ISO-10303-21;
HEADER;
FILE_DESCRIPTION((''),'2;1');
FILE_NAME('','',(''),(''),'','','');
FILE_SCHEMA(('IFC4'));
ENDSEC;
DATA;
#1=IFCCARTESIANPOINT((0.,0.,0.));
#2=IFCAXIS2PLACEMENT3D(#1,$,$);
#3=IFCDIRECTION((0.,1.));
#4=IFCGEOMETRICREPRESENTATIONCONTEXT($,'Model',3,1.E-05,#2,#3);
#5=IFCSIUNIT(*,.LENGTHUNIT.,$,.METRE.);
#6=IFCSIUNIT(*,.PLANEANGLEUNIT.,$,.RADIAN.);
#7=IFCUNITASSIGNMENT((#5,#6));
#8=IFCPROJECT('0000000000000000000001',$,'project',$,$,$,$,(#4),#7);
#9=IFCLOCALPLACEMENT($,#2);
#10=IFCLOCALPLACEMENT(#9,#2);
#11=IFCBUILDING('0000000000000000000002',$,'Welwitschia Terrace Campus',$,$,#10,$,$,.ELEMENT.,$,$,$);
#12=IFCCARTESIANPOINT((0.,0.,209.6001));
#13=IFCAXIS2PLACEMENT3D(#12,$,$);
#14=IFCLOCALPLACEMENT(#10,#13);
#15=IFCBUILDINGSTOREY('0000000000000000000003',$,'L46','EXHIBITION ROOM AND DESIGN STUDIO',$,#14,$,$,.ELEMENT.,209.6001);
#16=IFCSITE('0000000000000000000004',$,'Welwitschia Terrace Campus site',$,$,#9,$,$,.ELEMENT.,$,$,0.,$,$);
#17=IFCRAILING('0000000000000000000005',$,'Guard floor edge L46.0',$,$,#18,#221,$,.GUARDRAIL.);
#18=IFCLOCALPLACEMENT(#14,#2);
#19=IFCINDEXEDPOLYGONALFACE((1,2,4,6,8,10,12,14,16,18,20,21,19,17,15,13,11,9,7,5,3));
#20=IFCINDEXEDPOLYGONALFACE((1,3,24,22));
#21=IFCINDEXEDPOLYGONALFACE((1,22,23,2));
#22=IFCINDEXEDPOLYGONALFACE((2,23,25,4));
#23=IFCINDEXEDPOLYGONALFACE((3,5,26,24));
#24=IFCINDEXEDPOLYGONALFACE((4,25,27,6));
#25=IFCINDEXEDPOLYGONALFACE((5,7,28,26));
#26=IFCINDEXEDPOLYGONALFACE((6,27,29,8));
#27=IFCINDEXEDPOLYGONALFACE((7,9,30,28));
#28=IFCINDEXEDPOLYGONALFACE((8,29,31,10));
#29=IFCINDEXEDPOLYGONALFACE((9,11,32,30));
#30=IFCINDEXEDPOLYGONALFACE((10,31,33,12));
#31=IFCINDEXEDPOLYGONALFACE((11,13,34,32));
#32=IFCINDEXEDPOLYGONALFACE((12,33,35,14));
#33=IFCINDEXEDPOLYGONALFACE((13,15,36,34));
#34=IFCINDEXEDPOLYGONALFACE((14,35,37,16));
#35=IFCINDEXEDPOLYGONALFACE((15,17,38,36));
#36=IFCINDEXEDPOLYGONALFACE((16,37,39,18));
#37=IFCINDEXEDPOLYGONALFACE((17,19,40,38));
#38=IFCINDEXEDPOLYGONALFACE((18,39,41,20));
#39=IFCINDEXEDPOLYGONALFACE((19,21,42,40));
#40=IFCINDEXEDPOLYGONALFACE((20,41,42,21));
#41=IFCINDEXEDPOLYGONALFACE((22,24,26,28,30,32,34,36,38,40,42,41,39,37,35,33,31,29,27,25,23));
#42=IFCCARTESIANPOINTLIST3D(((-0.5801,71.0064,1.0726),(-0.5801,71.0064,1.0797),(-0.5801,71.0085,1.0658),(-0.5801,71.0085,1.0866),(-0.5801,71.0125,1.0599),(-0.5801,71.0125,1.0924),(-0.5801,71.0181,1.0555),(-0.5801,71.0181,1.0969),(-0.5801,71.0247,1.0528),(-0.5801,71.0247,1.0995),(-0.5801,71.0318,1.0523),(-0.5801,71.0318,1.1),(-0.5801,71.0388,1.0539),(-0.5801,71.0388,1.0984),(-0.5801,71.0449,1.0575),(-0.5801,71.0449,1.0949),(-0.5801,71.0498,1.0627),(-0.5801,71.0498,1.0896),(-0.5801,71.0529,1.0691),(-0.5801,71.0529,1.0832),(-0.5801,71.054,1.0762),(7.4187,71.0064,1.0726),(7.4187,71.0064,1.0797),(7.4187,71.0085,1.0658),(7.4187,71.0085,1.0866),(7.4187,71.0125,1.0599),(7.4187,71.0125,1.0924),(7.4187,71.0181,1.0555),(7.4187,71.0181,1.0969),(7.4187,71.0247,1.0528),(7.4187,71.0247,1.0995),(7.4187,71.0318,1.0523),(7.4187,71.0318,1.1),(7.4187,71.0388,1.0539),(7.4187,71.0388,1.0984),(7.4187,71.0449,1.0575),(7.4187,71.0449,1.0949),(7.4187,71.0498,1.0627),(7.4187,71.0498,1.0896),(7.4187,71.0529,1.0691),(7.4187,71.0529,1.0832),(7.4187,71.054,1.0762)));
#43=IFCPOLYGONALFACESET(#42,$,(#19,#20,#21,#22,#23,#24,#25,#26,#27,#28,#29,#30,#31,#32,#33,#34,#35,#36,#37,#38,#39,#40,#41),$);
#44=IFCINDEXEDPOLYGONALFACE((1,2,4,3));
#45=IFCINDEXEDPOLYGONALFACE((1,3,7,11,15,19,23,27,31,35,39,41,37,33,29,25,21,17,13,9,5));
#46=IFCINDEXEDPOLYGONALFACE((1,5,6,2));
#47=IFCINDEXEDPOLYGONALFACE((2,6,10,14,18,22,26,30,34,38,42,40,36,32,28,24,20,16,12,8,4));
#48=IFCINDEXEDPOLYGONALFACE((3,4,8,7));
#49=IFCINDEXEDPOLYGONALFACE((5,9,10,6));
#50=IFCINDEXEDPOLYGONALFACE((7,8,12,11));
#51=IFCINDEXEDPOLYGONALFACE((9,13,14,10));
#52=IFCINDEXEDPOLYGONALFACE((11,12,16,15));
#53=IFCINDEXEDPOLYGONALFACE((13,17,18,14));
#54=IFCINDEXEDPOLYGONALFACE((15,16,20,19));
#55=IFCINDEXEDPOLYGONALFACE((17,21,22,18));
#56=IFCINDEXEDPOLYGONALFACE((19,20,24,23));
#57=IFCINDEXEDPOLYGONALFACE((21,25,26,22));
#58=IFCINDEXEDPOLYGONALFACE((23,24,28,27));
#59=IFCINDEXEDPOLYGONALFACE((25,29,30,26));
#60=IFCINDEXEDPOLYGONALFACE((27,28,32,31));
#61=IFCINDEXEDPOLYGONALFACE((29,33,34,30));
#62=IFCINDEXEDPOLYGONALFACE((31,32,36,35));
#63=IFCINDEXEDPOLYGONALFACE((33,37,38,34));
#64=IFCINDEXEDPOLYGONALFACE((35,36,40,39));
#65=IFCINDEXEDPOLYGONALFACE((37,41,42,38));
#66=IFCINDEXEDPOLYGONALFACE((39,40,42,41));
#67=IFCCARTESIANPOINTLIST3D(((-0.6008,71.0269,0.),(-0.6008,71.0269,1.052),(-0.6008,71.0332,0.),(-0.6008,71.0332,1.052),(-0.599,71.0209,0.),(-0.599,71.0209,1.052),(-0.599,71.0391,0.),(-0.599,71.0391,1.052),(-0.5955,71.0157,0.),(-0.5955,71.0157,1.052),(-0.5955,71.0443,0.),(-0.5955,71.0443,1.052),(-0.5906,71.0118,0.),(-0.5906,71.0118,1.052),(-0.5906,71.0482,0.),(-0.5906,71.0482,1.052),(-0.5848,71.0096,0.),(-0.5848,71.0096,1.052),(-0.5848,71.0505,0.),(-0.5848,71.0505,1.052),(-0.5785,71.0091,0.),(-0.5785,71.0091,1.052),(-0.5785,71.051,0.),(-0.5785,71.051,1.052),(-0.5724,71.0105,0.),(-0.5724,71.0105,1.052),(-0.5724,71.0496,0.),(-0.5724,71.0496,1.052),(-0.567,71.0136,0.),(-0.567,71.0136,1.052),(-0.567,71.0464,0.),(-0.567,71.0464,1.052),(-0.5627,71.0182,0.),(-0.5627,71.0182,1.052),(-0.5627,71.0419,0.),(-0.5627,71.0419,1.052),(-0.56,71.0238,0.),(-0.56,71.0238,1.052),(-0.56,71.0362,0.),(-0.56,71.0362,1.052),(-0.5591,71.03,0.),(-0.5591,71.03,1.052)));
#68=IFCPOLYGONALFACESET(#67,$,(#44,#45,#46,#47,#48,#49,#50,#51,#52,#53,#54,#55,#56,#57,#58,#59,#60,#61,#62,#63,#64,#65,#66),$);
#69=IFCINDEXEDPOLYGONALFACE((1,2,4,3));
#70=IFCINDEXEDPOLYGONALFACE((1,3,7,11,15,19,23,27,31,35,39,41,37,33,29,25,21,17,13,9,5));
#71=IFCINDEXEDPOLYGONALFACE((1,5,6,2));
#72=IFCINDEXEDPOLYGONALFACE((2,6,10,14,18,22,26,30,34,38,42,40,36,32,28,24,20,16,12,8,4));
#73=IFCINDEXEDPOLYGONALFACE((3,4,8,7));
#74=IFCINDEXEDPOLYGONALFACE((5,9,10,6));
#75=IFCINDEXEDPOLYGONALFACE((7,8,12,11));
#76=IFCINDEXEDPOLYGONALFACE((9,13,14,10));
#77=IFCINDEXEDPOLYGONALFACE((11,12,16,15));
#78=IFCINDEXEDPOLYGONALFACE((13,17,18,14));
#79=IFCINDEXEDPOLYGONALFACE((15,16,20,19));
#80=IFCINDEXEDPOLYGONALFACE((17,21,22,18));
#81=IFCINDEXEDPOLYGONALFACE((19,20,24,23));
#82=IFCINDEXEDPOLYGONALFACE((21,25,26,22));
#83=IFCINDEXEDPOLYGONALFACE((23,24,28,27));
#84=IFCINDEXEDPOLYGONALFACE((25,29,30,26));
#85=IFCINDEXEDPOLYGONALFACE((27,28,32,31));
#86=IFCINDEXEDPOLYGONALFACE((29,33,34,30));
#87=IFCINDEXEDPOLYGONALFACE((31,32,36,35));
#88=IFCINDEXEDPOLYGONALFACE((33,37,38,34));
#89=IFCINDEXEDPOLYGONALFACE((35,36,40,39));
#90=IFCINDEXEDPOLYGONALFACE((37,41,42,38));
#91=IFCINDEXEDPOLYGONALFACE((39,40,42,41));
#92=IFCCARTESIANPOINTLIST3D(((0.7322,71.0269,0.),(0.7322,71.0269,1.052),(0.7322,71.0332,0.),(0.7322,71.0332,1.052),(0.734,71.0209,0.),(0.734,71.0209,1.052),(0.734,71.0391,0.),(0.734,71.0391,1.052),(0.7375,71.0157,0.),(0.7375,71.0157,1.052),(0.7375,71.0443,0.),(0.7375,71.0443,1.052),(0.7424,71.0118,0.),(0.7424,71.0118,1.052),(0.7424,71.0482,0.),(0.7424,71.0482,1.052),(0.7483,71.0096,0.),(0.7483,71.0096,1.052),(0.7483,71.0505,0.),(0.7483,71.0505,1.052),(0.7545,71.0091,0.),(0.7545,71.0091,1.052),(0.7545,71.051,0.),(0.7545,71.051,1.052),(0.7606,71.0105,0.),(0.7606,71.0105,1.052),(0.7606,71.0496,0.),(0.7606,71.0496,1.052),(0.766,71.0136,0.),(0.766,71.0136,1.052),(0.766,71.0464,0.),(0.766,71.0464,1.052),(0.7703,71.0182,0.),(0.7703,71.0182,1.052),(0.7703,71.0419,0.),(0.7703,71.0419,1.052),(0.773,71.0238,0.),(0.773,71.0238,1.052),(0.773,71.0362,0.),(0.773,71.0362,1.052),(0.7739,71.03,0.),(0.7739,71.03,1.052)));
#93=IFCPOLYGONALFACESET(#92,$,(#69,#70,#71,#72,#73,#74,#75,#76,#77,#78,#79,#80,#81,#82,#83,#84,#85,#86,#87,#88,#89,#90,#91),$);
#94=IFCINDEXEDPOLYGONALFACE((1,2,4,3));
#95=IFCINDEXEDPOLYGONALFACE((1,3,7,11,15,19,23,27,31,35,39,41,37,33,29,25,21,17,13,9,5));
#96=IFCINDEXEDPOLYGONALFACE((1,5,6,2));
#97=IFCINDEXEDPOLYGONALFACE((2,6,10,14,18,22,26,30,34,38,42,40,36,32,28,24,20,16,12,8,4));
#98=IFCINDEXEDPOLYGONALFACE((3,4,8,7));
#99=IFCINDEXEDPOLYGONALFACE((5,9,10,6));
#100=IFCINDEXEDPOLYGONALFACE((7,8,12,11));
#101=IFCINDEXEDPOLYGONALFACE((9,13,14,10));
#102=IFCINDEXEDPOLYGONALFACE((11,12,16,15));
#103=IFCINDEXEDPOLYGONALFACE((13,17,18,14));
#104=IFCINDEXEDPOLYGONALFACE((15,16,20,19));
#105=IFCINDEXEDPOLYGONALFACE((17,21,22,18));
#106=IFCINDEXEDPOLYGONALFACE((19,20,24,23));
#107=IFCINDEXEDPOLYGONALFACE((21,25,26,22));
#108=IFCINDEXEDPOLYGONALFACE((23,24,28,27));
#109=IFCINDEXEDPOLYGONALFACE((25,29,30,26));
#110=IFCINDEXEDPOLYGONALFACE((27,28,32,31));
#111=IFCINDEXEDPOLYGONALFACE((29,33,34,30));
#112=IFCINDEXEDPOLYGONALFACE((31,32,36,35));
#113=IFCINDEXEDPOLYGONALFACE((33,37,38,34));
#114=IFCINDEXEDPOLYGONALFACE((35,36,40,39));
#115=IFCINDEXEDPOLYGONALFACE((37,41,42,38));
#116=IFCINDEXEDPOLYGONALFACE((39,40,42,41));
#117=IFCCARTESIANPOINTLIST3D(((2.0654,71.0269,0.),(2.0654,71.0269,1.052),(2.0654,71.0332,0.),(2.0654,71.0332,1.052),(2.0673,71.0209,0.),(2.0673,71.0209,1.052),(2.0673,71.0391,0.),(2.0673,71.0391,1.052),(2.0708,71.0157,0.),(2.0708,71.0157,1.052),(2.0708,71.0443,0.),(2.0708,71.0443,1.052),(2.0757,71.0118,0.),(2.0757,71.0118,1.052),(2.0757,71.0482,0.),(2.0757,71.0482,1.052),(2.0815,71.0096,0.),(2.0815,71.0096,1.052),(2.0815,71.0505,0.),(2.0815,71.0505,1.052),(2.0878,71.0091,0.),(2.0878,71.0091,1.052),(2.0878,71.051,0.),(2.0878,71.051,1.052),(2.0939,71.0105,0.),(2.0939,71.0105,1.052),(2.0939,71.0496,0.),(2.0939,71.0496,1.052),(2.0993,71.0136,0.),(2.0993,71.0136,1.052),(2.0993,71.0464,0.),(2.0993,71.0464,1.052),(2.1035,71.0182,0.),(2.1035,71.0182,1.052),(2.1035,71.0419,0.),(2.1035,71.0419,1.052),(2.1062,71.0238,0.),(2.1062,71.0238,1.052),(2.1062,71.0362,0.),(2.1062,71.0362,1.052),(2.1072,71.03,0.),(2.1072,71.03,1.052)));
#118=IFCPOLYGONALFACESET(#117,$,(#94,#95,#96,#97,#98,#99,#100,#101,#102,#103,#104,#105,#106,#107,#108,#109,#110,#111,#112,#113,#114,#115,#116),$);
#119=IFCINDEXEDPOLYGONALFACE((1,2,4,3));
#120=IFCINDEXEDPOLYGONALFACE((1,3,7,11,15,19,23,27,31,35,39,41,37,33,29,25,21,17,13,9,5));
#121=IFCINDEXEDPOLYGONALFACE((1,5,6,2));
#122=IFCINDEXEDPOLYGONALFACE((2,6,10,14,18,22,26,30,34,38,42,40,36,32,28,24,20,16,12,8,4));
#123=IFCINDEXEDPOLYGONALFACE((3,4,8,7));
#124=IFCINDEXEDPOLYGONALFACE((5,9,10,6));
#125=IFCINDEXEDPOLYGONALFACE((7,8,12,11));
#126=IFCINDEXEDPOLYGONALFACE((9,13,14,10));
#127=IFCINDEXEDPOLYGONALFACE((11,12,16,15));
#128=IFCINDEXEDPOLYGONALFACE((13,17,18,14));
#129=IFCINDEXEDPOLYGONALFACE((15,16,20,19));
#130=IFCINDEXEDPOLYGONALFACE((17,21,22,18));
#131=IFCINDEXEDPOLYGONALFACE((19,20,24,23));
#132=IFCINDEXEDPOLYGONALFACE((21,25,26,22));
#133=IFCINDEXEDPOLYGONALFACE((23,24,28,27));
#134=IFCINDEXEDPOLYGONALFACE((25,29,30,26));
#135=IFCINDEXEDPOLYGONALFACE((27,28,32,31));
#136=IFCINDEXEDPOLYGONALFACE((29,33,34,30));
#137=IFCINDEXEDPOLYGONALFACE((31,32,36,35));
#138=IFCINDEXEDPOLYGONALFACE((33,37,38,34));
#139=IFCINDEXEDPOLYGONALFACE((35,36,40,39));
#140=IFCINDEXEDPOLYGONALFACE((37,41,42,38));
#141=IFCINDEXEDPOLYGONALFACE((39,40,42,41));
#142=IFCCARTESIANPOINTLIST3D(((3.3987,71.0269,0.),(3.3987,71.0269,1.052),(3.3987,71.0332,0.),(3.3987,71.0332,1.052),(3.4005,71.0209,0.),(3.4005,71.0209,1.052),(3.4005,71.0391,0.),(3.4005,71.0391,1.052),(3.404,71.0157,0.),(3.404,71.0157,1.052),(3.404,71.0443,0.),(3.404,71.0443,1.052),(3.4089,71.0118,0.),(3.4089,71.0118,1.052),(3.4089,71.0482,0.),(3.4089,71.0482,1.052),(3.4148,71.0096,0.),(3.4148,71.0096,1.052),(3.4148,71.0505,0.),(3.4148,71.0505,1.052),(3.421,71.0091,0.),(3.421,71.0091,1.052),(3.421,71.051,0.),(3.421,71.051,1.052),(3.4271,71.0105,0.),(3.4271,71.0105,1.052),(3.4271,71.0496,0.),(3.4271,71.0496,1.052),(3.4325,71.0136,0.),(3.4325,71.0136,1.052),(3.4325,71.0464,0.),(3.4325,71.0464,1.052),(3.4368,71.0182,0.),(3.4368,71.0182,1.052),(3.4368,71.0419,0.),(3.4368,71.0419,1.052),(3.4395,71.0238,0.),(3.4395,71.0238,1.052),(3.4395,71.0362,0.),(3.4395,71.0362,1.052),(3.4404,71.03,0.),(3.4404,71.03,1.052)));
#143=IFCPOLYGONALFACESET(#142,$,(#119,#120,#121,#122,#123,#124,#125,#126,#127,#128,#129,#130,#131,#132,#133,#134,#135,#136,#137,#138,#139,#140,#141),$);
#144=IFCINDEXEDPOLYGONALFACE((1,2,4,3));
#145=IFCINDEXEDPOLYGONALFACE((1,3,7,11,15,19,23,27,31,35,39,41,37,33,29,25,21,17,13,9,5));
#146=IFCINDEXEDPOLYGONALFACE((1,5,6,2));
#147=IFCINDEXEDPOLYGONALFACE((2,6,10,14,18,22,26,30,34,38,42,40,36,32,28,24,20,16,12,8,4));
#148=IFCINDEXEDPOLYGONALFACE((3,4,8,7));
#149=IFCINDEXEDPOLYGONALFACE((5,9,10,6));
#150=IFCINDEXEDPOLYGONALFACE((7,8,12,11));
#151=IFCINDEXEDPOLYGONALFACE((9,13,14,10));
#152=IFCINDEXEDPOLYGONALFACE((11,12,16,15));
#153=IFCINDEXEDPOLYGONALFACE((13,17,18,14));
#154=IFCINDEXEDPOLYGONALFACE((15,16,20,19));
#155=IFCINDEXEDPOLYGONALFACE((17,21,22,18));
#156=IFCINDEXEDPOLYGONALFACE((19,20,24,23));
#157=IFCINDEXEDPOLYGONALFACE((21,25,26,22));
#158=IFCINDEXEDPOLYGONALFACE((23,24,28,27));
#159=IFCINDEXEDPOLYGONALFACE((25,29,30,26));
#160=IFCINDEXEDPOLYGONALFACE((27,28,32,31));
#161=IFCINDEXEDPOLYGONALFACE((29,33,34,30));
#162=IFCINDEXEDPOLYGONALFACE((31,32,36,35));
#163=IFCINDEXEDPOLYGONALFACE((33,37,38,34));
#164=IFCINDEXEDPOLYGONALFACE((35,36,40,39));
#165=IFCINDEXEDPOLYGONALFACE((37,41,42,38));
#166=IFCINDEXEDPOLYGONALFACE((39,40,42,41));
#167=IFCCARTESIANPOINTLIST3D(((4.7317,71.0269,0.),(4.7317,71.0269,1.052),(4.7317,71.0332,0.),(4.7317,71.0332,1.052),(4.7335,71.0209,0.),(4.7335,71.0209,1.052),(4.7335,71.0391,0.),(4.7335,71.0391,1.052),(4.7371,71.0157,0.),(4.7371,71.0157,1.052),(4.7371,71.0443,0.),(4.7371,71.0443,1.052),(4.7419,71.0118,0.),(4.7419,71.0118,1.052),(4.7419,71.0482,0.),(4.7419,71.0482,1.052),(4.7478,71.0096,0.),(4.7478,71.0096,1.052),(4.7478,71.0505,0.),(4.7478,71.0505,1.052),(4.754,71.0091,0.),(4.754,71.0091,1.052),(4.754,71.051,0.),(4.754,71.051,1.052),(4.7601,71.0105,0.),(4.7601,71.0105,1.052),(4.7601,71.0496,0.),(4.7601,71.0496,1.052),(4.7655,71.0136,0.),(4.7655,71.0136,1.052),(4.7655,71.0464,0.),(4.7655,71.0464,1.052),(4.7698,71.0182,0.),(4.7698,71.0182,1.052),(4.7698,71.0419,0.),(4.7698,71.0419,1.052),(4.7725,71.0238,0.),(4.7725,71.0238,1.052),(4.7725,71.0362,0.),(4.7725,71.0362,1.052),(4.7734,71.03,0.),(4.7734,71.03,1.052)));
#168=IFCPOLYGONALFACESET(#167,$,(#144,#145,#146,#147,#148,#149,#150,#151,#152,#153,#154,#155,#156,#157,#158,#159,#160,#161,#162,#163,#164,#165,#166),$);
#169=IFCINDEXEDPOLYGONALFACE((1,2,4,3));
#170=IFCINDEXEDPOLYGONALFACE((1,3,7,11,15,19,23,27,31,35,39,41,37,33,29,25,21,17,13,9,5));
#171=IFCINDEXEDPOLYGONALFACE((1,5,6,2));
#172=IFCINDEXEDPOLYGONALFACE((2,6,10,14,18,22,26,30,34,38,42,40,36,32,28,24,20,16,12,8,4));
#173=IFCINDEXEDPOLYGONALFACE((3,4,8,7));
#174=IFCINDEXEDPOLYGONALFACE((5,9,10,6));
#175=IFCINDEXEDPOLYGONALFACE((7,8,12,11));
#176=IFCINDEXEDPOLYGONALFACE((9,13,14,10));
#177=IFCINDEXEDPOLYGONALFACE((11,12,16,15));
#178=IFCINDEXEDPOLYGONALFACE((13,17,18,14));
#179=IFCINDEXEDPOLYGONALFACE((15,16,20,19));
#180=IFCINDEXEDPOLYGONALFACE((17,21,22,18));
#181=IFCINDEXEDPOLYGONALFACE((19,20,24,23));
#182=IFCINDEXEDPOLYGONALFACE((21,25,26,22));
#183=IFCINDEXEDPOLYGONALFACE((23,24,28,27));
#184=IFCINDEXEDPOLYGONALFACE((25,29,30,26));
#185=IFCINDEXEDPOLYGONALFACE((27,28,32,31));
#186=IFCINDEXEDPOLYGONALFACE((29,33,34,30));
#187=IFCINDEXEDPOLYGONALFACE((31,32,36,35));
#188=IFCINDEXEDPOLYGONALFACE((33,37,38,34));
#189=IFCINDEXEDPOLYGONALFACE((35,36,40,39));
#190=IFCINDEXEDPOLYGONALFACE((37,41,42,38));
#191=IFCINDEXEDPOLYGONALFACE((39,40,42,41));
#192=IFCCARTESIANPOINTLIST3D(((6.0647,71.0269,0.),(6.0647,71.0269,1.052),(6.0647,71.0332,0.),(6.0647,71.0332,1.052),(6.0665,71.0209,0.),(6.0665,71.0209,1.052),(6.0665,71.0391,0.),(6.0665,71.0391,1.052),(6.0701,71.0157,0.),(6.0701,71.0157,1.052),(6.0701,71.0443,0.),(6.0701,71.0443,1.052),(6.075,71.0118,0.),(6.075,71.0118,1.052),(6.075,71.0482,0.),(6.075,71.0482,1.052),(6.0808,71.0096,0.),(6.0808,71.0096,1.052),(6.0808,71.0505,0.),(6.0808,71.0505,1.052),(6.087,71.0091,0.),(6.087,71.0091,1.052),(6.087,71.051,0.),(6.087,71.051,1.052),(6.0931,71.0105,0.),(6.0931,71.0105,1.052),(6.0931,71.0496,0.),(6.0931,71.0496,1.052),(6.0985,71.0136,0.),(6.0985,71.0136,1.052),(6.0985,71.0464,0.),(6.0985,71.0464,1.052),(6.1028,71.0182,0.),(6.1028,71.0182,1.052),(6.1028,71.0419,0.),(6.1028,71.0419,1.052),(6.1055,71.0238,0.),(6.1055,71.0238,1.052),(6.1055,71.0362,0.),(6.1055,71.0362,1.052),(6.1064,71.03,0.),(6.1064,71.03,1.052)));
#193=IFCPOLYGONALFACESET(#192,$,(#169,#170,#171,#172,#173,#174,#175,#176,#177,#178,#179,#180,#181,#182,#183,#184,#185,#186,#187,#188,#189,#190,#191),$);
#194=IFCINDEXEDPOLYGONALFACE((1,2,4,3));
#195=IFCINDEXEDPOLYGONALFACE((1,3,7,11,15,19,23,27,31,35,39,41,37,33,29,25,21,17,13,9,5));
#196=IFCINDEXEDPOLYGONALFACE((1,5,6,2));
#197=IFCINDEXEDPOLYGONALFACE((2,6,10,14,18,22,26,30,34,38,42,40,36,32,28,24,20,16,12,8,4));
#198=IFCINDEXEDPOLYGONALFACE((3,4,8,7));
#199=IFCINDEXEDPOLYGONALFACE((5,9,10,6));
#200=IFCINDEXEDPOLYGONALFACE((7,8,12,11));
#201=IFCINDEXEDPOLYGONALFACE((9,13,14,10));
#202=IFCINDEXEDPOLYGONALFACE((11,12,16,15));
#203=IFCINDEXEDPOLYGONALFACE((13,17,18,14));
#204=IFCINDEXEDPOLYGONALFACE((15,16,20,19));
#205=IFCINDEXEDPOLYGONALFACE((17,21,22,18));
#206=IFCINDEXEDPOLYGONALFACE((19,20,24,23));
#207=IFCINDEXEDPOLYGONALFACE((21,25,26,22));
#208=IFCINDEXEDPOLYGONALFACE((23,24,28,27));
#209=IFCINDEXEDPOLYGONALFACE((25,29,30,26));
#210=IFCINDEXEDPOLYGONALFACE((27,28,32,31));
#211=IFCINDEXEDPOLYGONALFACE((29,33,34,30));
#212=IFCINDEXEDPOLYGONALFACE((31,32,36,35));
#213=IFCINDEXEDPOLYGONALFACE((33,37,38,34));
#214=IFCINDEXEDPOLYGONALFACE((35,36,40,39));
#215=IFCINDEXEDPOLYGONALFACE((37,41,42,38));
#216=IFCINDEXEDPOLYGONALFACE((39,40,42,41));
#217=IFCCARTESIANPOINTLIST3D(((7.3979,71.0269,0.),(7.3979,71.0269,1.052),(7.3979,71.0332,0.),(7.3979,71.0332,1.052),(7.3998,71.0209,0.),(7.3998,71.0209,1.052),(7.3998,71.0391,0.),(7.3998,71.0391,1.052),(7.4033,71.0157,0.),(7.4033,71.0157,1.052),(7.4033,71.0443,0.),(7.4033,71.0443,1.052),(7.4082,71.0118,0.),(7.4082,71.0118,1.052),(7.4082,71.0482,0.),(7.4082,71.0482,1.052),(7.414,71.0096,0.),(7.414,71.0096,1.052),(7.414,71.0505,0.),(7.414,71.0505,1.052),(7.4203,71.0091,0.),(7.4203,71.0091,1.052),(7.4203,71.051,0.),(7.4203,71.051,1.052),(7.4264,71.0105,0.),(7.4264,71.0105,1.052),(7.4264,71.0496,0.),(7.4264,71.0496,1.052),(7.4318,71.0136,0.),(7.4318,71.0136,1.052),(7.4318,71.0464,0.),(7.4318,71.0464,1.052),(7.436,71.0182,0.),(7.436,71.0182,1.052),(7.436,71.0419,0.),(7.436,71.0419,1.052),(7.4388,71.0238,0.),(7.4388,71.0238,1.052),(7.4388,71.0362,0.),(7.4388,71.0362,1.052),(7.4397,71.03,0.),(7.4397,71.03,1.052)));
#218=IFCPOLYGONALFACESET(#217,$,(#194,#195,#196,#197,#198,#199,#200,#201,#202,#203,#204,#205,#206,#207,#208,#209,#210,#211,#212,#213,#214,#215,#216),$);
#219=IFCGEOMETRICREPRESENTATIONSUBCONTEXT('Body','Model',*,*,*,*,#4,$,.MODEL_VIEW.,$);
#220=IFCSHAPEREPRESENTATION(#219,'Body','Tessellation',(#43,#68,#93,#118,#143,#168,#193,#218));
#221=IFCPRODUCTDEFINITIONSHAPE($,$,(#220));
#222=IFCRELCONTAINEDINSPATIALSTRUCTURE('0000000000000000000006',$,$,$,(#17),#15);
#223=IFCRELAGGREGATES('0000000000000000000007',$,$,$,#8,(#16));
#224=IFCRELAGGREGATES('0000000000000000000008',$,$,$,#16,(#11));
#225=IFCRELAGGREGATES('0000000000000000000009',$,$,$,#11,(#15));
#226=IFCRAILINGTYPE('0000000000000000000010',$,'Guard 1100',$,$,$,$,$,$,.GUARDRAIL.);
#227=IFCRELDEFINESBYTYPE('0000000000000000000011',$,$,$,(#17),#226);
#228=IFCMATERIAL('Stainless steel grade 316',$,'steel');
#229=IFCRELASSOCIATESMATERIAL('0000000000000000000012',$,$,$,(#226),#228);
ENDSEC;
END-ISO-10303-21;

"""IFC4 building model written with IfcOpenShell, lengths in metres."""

from ifc_helpers import new_model, si_unit, direction, frame, origin, origin_2d, place, context, subcontext, project, spatial, circle, extrude, material, type_object, element, save


model = new_model("IFC4")

# Units and contexts
model_context = context("Model", 3, precision=1e-05, world=origin(), true_north=direction((0.0, 1.0)))
body_context = subcontext(model_context, "Body", "Model", "MODEL_VIEW")
ifc_project = project(units=[si_unit("LENGTHUNIT", "METRE"), si_unit("PLANEANGLEUNIT", "RADIAN")], contexts=[model_context])

# Site, building, storey
site_placement = place(None, origin())
site = spatial("IfcSite", under=ifc_project, at=site_placement, Name="Welwitschia Terrace Campus site", CompositionType="ELEMENT", RefElevation=0.0)
building_placement = place(site_placement, origin())
building = spatial("IfcBuilding", under=site, at=building_placement, Name="Welwitschia Terrace Campus", CompositionType="ELEMENT")
storey_placement = place(building_placement, frame((0.0, 0.0, 209.6001)))
storey = spatial("IfcBuildingStorey", under=building, at=storey_placement, Name="L46", Description="EXHIBITION ROOM AND DESIGN STUDIO", CompositionType="ELEMENT", Elevation=209.6001)

# Railing
ifc_material_1 = material(Name="Stainless steel grade 316", Category="steel")
railing_type = type_object("IfcRailingType", Name="Guard 1100", PredefinedType="GUARDRAIL", material=ifc_material_1)
railing_placement = place(storey_placement, frame((-0.5801, 71.03, 0.0)))
element("IfcRailing", 1, at=railing_placement, inside=storey, type_object=railing_type, Name="Guard floor edge L46.0", PredefinedType="GUARDRAIL", context=body_context, shape_type="SweptSolid", body=[
    extrude(circle(Radius=0.0239, at=origin_2d()), frame((0.0, 0.0, 1.0762), z_axis=(1.0, 0.0, 0.0), x_axis=(0.0, 1.0, 0.0)), (0.0, 0.0, 1.0), 7.9988),
    extrude(circle(Radius=0.021, at=origin_2d()), origin(), (0.0, 0.0, 1.0), 1.052),
    extrude(circle(Radius=0.021, at=origin_2d()), frame((1.333, 0.0, 0.0)), (0.0, 0.0, 1.0), 1.052),
    extrude(circle(Radius=0.021, at=origin_2d()), frame((2.6663, 0.0, 0.0)), (0.0, 0.0, 1.0), 1.052),
    extrude(circle(Radius=0.021, at=origin_2d()), frame((3.9995, 0.0, 0.0)), (0.0, 0.0, 1.0), 1.052),
    extrude(circle(Radius=0.021, at=origin_2d()), frame((5.3325, 0.0, 0.0)), (0.0, 0.0, 1.0), 1.052),
    extrude(circle(Radius=0.021, at=origin_2d()), frame((6.6655, 0.0, 0.0)), (0.0, 0.0, 1.0), 1.052),
    extrude(circle(Radius=0.021, at=origin_2d()), frame((7.9988, 0.0, 0.0)), (0.0, 0.0, 1.0), 1.052),
])

save(model, "model.ifc")
